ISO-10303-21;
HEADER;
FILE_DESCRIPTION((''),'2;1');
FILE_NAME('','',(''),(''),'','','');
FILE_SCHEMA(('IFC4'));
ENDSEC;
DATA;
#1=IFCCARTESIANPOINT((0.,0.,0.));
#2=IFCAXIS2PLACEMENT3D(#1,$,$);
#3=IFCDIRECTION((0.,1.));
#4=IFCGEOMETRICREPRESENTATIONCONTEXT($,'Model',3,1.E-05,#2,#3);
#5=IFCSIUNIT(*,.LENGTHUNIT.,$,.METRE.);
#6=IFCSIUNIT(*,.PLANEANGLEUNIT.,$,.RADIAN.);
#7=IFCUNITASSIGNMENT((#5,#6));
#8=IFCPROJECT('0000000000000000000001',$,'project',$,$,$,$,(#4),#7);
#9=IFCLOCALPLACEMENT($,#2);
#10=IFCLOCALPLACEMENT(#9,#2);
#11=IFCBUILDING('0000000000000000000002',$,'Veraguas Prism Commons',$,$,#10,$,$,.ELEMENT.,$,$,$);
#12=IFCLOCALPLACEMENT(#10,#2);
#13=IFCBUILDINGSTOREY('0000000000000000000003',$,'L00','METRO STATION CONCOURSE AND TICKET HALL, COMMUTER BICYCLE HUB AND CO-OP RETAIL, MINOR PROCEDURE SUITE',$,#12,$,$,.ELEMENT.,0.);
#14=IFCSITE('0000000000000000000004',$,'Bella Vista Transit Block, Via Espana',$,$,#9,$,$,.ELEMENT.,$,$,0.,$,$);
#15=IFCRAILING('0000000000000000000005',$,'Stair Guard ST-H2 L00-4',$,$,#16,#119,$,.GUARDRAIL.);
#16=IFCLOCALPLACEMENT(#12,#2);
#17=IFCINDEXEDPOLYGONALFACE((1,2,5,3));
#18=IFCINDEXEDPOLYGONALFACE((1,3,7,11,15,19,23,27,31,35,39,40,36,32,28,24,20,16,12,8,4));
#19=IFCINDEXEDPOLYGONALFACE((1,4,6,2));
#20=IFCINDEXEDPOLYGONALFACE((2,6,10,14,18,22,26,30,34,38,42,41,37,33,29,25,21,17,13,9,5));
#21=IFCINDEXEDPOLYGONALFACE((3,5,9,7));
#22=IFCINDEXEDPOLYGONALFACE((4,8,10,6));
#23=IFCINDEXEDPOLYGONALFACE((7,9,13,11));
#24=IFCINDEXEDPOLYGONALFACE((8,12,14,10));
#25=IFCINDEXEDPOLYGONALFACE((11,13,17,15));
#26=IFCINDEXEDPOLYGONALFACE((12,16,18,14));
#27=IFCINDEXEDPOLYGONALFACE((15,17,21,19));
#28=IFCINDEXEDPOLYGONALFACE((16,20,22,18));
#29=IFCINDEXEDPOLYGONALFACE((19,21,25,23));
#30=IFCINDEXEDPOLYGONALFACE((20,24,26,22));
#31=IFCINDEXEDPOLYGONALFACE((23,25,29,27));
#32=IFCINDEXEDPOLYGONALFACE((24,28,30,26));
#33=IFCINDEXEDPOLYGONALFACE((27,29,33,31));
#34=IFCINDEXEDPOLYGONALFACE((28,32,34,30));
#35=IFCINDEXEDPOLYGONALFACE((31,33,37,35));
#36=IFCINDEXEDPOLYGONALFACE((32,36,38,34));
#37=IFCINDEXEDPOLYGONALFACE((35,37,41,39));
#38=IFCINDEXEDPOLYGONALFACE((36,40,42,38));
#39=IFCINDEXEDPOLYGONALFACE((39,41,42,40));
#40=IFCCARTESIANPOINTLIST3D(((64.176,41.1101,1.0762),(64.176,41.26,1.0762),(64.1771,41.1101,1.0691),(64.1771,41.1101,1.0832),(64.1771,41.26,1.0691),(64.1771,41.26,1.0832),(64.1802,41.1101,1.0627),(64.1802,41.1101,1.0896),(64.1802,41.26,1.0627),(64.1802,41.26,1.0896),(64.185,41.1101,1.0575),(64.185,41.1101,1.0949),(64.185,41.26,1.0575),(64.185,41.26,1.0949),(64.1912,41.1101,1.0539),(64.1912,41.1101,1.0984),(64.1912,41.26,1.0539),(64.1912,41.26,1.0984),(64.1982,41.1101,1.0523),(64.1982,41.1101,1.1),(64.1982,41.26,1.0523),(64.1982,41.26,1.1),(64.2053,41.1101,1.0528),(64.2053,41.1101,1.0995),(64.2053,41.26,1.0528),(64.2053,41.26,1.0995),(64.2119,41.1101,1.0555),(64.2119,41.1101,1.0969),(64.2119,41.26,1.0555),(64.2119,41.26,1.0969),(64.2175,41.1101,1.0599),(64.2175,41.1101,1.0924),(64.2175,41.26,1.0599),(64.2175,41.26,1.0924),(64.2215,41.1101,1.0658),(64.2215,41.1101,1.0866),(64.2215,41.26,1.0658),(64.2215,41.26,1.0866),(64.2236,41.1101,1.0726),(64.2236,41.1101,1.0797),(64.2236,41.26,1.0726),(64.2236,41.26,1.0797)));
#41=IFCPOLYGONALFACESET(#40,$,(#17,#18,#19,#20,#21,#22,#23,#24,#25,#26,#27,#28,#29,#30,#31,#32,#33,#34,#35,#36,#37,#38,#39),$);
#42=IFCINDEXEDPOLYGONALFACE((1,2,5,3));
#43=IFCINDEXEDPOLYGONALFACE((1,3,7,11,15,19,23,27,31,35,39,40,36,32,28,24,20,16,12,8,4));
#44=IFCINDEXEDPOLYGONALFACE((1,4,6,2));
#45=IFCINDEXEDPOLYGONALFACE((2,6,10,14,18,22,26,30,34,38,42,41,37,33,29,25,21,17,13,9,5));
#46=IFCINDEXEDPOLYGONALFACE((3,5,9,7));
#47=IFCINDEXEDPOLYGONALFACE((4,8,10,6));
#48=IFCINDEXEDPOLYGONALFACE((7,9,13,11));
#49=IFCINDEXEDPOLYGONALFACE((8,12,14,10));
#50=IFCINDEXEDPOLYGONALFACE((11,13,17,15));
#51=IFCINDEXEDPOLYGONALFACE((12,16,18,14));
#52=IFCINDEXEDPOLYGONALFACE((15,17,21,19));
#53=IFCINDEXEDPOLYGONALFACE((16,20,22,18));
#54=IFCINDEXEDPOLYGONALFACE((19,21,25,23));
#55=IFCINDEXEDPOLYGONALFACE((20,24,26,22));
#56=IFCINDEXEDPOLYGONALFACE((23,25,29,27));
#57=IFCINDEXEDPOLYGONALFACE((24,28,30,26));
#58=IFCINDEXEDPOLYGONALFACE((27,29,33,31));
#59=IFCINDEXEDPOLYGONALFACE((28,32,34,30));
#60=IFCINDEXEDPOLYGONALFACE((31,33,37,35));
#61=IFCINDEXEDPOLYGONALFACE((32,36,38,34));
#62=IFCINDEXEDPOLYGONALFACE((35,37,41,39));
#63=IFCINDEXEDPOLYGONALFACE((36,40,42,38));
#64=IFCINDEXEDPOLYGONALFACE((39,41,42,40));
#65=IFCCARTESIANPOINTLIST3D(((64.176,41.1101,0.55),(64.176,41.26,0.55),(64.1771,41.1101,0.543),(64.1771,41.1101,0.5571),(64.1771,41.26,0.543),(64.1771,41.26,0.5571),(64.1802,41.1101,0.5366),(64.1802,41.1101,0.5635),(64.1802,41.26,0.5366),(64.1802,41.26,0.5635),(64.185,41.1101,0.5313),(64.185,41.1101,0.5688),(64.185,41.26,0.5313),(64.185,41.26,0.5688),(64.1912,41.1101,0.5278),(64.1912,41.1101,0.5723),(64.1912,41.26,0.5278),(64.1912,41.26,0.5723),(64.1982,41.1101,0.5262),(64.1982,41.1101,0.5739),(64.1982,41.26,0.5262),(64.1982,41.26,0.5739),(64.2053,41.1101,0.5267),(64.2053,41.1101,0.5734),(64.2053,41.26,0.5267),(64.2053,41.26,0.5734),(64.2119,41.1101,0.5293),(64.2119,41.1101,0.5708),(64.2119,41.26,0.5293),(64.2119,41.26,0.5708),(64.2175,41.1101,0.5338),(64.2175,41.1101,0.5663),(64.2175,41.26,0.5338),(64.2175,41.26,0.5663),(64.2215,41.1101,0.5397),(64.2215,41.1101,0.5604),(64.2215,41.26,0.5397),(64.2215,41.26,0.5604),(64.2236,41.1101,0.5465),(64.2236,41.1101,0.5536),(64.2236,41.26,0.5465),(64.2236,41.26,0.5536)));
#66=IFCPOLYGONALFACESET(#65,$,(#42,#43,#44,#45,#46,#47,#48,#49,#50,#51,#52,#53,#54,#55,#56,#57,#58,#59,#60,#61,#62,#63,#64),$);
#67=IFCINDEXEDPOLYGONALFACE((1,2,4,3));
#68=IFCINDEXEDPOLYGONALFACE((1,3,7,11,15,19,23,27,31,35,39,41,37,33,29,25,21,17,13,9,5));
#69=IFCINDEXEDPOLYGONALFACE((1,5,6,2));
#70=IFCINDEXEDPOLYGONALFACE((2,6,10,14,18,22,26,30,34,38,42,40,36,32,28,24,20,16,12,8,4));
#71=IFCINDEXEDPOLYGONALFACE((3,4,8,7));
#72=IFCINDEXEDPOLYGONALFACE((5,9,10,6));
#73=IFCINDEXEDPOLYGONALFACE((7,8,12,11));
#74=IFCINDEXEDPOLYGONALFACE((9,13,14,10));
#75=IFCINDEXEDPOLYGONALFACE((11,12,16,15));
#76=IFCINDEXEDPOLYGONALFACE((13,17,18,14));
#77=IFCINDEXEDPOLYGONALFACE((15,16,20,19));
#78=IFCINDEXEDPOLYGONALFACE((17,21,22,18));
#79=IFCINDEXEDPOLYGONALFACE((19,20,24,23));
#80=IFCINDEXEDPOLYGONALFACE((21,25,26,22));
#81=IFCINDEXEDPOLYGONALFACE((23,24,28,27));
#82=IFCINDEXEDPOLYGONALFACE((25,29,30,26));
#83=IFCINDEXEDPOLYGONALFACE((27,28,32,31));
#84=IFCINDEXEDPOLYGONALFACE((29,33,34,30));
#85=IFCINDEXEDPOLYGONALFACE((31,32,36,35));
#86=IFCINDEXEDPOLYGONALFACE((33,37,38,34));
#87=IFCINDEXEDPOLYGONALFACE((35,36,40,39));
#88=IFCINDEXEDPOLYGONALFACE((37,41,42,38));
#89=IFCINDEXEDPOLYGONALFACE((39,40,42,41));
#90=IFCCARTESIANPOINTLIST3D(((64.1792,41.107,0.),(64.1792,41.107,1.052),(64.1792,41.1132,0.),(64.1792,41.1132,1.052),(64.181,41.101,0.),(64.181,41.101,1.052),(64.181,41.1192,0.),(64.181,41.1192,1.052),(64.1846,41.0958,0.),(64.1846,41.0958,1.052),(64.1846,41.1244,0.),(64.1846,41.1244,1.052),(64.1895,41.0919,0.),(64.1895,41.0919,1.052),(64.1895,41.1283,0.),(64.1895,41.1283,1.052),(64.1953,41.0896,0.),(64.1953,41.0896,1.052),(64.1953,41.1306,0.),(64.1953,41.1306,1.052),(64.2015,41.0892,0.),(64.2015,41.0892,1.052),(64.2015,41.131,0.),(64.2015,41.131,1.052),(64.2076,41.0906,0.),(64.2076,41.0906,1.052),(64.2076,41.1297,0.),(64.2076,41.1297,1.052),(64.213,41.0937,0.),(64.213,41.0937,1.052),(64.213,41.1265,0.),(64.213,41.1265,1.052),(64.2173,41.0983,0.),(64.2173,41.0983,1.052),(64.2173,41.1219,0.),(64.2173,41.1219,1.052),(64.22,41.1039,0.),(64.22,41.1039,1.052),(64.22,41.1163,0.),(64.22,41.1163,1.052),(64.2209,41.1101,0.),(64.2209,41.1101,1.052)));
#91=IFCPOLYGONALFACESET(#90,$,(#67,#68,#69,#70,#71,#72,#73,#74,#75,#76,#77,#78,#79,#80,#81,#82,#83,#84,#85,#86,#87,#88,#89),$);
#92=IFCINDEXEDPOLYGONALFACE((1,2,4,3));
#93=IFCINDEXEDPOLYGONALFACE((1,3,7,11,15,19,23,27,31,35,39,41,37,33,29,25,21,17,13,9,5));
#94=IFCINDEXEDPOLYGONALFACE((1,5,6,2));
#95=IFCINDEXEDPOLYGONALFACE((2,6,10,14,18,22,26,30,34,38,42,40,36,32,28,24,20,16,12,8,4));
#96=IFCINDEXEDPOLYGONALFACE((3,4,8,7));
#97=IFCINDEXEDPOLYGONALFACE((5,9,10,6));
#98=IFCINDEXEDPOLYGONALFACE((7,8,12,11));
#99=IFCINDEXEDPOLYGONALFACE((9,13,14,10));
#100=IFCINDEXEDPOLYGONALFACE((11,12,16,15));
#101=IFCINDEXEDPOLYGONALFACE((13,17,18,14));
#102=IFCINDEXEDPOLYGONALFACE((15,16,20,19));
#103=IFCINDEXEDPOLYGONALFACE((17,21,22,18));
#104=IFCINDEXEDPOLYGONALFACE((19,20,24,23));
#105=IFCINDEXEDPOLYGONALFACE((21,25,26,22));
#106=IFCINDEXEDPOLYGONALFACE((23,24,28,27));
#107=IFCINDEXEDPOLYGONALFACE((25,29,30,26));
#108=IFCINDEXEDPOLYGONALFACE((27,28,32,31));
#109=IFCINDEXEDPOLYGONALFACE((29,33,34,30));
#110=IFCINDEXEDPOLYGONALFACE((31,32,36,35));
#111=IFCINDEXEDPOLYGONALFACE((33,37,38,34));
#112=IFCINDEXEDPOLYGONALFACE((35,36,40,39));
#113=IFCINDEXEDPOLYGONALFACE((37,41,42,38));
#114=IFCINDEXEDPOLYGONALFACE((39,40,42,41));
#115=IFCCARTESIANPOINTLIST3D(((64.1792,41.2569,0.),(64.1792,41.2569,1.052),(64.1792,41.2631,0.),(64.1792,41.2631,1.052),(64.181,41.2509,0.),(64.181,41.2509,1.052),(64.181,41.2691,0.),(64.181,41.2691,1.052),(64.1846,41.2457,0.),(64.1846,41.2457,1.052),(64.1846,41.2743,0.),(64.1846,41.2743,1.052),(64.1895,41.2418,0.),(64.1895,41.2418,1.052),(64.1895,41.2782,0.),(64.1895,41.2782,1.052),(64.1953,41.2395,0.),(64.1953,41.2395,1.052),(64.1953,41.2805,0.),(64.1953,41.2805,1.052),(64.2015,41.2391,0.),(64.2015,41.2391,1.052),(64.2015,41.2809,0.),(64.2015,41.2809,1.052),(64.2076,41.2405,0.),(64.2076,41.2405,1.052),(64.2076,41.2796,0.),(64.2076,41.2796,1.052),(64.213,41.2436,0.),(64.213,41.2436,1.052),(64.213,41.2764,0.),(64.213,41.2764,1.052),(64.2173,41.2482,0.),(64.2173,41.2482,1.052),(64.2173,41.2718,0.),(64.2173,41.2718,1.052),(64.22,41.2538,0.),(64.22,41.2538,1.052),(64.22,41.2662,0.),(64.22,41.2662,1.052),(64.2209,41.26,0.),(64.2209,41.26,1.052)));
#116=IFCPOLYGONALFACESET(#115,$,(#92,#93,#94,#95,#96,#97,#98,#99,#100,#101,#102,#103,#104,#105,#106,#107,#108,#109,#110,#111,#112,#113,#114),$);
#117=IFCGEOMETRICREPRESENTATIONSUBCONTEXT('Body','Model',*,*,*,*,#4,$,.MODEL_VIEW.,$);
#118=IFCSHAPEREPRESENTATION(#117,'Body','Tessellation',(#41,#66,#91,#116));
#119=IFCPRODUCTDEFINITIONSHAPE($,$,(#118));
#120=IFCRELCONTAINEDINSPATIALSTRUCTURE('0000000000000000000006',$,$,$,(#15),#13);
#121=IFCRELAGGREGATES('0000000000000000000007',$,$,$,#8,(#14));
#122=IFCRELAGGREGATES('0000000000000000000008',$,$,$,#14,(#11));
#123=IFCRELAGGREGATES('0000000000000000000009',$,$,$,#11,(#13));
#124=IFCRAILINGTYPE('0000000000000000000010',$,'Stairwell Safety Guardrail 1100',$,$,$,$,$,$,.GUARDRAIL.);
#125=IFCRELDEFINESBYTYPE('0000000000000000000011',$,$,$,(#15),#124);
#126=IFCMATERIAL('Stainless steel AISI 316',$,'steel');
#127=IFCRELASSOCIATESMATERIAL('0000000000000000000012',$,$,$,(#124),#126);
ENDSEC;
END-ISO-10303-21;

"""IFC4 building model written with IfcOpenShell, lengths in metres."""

from ifc_helpers import new_model, si_unit, direction, frame, origin, origin_2d, place, context, subcontext, project, spatial, circle, extrude, material, type_object, element, save


model = new_model("IFC4")

# Units and contexts
model_context = context("Model", 3, precision=1e-05, world=origin(), true_north=direction((0.0, 1.0)))
body_context = subcontext(model_context, "Body", "Model", "MODEL_VIEW")
ifc_project = project(units=[si_unit("LENGTHUNIT", "METRE"), si_unit("PLANEANGLEUNIT", "RADIAN")], contexts=[model_context])

# Site, building, storey
site_placement = place(None, origin())
site = spatial("IfcSite", under=ifc_project, at=site_placement, Name="Bella Vista Transit Block, Via Espana", CompositionType="ELEMENT", RefElevation=0.0)
building_placement = place(site_placement, origin())
building = spatial("IfcBuilding", under=site, at=building_placement, Name="Veraguas Prism Commons", CompositionType="ELEMENT")
storey_placement = place(building_placement, origin())
storey = spatial("IfcBuildingStorey", under=building, at=storey_placement, Name="L00", Description="METRO STATION CONCOURSE AND TICKET HALL, COMMUTER BICYCLE HUB AND CO-OP RETAIL, MINOR PROCEDURE SUITE", CompositionType="ELEMENT", Elevation=0.0)

# Railing
ifc_material_1 = material(Name="Stainless steel AISI 316", Category="steel")
railing_type_1 = type_object("IfcRailingType", Name="Stairwell Safety Guardrail 1100", PredefinedType="GUARDRAIL", material=ifc_material_1)
railing_1_placement = place(storey_placement, frame((64.2, 41.1101, 0.0)))
element("IfcRailing", 1, at=railing_1_placement, inside=storey, type_object=railing_type_1, Name="Stair Guard ST-H2 L00-4", PredefinedType="GUARDRAIL", context=body_context, shape_type="SweptSolid", body=[
    extrude(circle(Radius=0.0239, at=origin_2d()), frame((0.0, 0.0, 1.0762), z_axis=(0.0, 1.0, 0.0), x_axis=(-1.0, 0.0, 0.0)), (0.0, 0.0, 1.0), 0.1499),
    extrude(circle(Radius=0.0239, at=origin_2d()), frame((0.0, 0.0, 0.55), z_axis=(0.0, 1.0, 0.0), x_axis=(-1.0, 0.0, 0.0)), (0.0, 0.0, 1.0), 0.1499),
    extrude(circle(Radius=0.021, at=origin_2d()), origin(), (0.0, 0.0, 1.0), 1.052),
    extrude(circle(Radius=0.021, at=origin_2d()), frame((0.0, 0.1499, 0.0)), (0.0, 0.0, 1.0), 1.052),
])

save(model, "model.ifc")
